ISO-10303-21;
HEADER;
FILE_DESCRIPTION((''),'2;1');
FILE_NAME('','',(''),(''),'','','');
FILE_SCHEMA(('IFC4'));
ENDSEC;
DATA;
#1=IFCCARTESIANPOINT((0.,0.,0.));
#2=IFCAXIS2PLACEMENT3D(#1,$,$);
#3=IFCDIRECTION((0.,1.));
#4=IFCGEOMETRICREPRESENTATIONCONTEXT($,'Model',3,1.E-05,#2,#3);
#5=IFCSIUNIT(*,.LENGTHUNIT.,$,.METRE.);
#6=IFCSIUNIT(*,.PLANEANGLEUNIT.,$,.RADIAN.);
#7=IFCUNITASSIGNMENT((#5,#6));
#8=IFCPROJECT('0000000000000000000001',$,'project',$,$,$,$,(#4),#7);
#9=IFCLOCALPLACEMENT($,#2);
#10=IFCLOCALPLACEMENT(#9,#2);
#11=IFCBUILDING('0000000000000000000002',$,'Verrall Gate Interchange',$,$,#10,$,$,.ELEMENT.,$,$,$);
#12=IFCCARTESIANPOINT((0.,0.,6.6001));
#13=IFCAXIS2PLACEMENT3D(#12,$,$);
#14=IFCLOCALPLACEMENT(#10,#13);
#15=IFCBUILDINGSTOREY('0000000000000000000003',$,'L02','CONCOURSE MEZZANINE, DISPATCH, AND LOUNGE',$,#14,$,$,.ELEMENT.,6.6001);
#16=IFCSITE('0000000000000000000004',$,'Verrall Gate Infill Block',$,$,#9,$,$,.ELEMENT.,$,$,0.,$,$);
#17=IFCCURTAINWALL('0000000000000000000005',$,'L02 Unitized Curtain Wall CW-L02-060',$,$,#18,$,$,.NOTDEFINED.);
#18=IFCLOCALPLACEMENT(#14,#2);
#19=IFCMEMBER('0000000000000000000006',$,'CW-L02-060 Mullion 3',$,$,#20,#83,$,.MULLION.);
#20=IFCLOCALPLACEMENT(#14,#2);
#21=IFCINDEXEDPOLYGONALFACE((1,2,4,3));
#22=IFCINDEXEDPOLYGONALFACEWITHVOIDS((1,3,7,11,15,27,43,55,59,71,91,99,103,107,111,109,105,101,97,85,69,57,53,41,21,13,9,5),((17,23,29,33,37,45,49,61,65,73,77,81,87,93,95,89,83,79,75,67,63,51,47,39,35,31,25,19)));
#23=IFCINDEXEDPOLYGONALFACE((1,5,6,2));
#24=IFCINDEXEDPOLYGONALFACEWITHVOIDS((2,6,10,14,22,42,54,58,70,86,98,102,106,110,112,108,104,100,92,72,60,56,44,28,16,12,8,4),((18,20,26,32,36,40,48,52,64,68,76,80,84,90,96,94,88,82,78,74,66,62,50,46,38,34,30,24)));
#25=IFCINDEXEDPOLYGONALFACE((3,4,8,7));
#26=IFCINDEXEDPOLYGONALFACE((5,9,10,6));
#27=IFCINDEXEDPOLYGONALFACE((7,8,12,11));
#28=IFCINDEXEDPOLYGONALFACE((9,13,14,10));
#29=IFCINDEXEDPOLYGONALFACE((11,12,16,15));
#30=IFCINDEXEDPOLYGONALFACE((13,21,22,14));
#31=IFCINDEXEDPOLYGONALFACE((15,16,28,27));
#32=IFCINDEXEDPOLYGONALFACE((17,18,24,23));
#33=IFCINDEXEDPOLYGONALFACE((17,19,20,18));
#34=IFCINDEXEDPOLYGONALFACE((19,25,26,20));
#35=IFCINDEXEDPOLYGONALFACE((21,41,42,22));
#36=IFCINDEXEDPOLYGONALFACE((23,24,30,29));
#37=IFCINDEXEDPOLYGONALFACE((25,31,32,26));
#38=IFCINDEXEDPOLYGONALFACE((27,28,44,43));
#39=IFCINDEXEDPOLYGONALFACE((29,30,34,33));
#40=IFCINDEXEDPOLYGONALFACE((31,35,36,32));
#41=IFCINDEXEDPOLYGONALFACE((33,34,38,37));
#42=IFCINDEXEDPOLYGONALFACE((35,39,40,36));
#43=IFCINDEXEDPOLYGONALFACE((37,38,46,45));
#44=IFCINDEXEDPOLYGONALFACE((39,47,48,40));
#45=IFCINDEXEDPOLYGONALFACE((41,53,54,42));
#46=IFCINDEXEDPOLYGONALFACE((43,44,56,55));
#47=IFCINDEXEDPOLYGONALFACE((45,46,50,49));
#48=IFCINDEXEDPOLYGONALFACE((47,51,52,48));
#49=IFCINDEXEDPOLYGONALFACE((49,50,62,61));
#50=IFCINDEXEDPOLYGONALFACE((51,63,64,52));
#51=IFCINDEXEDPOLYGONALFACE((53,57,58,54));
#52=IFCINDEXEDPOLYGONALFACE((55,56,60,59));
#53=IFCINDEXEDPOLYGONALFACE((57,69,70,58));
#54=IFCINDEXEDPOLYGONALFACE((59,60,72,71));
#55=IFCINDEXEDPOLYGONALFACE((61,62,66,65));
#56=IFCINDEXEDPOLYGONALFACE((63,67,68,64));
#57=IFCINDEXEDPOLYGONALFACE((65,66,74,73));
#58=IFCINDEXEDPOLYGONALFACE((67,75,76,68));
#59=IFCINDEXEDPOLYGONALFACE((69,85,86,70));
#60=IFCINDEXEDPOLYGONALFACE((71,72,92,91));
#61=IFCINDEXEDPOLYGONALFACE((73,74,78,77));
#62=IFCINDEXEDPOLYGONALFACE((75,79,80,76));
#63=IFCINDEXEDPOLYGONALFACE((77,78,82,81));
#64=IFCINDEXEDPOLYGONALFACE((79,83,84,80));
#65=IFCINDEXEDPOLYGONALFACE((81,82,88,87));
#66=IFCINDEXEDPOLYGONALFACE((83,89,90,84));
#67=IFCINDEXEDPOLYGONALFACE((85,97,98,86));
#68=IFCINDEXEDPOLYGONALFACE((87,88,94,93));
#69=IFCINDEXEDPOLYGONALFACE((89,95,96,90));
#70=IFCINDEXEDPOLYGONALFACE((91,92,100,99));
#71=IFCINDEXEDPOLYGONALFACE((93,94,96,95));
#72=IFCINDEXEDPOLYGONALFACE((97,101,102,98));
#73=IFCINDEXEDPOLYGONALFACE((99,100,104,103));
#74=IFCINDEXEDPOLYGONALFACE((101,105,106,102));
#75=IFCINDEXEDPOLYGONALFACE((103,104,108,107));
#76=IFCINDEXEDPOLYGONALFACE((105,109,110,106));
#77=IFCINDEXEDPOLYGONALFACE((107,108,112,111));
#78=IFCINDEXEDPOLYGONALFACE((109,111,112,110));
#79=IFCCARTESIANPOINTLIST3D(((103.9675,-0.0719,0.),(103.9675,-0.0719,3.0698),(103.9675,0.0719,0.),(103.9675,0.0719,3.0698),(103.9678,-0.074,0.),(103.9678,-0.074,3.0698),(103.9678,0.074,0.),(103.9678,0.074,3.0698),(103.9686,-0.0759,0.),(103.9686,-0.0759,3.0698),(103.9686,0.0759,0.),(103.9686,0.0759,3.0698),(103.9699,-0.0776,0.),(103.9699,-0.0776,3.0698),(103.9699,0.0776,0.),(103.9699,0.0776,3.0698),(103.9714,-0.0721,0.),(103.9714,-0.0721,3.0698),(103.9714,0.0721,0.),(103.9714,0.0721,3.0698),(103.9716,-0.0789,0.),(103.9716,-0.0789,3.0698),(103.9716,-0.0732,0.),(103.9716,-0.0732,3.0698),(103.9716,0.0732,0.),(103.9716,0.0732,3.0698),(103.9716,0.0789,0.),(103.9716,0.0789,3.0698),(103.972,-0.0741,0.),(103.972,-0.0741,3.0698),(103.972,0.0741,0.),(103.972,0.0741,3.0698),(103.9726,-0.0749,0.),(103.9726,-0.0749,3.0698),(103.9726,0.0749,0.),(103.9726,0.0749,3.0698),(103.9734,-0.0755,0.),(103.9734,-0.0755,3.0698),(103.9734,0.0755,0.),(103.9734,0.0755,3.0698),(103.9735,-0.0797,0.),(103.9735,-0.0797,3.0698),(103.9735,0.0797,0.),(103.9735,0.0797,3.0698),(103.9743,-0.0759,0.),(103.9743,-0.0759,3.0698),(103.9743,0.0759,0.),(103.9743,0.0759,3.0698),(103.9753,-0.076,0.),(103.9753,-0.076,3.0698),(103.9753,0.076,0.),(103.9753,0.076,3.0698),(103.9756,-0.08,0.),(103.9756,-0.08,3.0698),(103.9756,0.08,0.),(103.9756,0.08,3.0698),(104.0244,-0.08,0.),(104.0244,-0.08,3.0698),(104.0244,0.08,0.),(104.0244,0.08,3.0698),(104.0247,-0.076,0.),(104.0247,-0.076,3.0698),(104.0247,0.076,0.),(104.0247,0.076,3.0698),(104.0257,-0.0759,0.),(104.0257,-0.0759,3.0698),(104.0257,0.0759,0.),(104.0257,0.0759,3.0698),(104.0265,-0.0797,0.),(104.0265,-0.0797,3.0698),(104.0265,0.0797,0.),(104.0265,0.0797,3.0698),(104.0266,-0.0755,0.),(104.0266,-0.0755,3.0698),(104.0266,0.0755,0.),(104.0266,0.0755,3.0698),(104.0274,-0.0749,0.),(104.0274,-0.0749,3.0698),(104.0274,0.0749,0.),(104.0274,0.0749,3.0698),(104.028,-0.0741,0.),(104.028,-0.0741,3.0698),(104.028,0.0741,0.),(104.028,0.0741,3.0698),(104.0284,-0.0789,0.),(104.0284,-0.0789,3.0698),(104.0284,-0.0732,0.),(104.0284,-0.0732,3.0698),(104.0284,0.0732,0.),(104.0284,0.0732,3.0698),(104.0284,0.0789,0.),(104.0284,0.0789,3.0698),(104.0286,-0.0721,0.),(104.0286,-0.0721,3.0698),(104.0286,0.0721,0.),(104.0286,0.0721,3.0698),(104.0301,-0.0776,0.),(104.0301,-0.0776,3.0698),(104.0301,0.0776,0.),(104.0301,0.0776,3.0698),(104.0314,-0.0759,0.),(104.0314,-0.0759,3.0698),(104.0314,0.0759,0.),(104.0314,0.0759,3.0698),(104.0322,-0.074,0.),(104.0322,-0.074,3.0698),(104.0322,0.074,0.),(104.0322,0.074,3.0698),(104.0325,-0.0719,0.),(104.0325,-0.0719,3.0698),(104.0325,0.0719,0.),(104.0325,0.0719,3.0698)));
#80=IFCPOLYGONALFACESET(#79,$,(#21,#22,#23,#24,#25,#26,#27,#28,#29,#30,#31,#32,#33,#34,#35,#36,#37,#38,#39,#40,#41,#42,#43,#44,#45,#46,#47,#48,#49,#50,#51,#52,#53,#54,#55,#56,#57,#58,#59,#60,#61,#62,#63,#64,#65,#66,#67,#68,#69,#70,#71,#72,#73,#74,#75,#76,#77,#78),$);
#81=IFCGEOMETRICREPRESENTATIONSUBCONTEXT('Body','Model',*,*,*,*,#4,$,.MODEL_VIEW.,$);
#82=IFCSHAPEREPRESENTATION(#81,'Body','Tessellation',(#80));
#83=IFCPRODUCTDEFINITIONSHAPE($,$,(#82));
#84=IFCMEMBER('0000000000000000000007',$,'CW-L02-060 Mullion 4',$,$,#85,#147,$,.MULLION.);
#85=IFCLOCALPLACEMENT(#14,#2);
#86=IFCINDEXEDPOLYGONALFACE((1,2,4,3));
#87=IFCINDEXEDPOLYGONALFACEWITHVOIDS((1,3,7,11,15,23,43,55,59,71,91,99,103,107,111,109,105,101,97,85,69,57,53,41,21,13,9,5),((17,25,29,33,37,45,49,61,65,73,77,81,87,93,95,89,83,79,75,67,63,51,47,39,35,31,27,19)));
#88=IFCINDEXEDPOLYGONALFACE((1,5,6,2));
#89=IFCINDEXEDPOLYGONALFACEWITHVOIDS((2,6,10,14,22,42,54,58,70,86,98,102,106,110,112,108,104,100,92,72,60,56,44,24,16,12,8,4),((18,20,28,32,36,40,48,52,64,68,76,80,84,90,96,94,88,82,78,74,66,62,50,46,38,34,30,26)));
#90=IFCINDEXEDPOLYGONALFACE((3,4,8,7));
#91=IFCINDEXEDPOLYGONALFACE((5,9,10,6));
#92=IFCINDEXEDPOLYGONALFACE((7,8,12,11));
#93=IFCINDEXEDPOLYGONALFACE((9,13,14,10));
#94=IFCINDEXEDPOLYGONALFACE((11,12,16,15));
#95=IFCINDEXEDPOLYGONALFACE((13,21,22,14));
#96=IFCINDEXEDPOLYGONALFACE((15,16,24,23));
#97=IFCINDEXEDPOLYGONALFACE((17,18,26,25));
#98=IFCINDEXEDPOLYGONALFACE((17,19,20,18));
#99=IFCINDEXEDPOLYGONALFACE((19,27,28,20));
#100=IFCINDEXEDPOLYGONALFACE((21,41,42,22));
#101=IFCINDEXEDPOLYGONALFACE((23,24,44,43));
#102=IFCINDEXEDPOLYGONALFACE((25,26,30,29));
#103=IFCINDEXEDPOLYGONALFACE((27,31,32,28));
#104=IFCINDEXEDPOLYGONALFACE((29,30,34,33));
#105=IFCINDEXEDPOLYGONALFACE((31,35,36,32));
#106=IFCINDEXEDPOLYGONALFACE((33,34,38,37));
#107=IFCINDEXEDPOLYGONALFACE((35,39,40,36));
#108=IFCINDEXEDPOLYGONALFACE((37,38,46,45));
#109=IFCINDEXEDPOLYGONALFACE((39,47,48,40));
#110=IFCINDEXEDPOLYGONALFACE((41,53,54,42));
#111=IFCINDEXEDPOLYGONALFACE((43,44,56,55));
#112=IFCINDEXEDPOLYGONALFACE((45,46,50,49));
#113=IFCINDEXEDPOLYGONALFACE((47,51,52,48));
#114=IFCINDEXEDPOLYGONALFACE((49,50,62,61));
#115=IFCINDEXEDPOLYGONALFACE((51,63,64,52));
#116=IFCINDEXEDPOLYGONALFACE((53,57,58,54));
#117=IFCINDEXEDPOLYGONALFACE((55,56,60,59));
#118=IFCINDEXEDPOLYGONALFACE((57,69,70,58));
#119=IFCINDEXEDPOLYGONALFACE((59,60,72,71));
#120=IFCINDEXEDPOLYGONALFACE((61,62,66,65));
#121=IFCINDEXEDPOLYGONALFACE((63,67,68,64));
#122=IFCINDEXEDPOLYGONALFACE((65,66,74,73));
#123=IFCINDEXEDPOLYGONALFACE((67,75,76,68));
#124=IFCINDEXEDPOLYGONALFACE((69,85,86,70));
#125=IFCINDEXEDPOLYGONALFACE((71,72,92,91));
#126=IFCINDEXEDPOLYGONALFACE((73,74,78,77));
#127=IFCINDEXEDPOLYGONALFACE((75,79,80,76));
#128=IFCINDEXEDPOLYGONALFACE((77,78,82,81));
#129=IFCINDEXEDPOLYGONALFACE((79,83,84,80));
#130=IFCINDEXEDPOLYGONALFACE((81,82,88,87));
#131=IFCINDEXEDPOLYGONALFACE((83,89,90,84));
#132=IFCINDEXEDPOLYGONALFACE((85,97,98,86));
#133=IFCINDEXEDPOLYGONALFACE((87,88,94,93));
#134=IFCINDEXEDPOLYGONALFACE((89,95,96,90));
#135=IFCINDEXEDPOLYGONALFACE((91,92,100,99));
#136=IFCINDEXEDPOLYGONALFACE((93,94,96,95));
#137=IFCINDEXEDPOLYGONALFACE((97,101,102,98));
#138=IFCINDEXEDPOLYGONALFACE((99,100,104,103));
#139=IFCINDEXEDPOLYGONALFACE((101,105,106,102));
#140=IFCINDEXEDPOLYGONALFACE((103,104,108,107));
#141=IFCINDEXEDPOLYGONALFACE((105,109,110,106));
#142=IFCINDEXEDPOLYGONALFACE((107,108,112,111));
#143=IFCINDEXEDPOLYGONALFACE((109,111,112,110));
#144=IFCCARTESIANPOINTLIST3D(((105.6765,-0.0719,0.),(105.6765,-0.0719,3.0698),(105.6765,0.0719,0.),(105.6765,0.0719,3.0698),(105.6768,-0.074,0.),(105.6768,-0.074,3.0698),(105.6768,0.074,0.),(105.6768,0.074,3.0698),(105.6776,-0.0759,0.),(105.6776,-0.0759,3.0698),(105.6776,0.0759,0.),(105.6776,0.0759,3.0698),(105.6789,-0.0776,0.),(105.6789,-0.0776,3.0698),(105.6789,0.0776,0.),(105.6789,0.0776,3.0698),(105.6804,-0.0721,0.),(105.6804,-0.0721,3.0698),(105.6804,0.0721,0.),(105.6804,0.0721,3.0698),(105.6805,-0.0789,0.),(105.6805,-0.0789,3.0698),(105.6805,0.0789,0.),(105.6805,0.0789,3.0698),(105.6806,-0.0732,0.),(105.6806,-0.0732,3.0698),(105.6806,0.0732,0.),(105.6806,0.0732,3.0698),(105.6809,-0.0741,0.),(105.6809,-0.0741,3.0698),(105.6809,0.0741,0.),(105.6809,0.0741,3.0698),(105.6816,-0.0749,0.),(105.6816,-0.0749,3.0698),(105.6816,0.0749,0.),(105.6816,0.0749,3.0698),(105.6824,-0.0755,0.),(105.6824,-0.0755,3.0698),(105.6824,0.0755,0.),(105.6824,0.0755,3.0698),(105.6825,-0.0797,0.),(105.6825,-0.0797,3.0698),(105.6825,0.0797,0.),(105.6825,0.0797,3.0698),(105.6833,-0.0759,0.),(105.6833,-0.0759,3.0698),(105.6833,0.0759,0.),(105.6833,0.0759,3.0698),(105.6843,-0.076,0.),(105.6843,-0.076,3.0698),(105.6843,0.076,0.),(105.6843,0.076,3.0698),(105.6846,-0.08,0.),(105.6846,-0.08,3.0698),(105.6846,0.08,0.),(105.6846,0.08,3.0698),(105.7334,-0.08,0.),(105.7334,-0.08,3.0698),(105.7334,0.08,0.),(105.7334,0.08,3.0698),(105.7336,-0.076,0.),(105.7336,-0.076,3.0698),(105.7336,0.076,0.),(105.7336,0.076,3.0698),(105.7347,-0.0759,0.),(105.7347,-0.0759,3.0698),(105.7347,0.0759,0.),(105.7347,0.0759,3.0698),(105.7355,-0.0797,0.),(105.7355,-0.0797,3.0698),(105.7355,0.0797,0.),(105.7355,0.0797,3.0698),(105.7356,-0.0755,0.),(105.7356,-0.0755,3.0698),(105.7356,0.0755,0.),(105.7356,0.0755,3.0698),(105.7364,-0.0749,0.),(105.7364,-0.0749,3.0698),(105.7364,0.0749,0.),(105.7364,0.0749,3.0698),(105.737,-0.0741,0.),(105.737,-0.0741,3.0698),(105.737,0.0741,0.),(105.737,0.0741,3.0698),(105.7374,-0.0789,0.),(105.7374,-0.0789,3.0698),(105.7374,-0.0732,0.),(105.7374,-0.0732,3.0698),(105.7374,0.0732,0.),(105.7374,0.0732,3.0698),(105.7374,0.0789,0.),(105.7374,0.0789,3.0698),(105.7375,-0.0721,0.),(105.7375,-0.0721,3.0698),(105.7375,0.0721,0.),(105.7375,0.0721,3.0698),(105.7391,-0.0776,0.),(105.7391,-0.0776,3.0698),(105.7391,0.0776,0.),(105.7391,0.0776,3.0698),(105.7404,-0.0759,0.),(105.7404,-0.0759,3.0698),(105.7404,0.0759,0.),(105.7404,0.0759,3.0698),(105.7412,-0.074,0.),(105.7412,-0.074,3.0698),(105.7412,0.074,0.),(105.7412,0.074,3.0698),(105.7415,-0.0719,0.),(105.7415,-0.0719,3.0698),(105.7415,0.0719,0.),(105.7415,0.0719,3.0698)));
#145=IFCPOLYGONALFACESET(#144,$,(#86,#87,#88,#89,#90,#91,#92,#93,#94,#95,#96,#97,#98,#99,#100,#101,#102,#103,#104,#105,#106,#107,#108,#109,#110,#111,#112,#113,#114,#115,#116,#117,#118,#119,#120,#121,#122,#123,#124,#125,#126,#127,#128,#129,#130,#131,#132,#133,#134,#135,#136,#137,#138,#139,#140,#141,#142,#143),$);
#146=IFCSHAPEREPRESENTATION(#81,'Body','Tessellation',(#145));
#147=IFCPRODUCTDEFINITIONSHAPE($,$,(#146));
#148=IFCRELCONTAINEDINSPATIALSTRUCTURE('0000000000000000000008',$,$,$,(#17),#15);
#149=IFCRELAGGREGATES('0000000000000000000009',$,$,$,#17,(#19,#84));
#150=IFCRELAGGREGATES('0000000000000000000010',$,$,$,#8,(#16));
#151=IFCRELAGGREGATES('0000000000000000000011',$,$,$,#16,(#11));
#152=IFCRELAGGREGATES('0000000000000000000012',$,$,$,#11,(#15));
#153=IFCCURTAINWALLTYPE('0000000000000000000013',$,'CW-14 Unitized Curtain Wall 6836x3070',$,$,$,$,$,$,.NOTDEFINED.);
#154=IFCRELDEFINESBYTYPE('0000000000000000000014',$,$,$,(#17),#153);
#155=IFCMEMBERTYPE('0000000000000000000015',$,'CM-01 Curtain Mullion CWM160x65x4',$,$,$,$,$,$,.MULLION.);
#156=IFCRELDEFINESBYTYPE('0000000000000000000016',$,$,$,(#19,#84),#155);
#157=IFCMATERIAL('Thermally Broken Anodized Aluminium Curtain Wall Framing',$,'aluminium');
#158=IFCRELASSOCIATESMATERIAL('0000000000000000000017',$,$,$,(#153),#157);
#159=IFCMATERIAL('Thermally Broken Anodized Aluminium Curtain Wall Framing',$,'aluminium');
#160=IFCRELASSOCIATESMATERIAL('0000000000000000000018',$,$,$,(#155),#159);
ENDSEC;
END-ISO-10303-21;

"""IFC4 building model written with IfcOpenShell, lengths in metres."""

from ifc_helpers import new_model, si_unit, direction, frame, origin, origin_2d, place, context, subcontext, project, spatial, hollow_rectangle, extrude, material, material_profile, profile_set, type_object, element, aggregate, save


model = new_model("IFC4")

# Units and contexts
model_context = context("Model", 3, precision=1e-05, world=origin(), true_north=direction((0.0, 1.0)))
body_context = subcontext(model_context, "Body", "Model", "MODEL_VIEW")
ifc_project = project(units=[si_unit("LENGTHUNIT", "METRE"), si_unit("PLANEANGLEUNIT", "RADIAN")], contexts=[model_context])

# Site, building, storey
site_placement = place(None, origin())
site = spatial("IfcSite", under=ifc_project, at=site_placement, Name="Verrall Gate Infill Block", CompositionType="ELEMENT", RefElevation=0.0)
building_placement = place(site_placement, origin())
building = spatial("IfcBuilding", under=site, at=building_placement, Name="Verrall Gate Interchange", CompositionType="ELEMENT")
storey_placement = place(building_placement, frame((0.0, 0.0, 6.6001)))
storey = spatial("IfcBuildingStorey", under=building, at=storey_placement, Name="L02", Description="CONCOURSE MEZZANINE, DISPATCH, AND LOUNGE", CompositionType="ELEMENT", Elevation=6.6001)

# Curtain wall, members
ifc_material_1 = material(Name="Thermally Broken Anodized Aluminium Curtain Wall Framing", Category="aluminium")
curtain_wall_type_1 = type_object("IfcCurtainWallType", Name="CW-14 Unitized Curtain Wall 6836x3070", PredefinedType="NOTDEFINED", material=ifc_material_1)
curtain_wall_1_placement = place(storey_placement, origin())
curtain_wall_1 = element("IfcCurtainWall", 1, at=curtain_wall_1_placement, inside=storey, type_object=curtain_wall_type_1, Name="L02 Unitized Curtain Wall CW-L02-060", PredefinedType="NOTDEFINED")
ifc_material_2 = material(Name="Thermally Broken Anodized Aluminium Curtain Wall Framing", Category="aluminium")
ifc_material_profile_1 = material_profile(ifc_material_2, hollow_rectangle(XDim=0.0649, YDim=0.1599, WallThickness=0.0039, InnerFilletRadius=0.0039, OuterFilletRadius=0.0081, at=origin_2d()), Name="CWM160x65x4")
ifc_profile_set_1 = profile_set([ifc_material_profile_1], Name="Thermally Broken Anodized Aluminium Curtain Wall Framing")
member_type_1 = type_object("IfcMemberType", Name="CM-01 Curtain Mullion CWM160x65x4", PredefinedType="MULLION", material=ifc_profile_set_1)
member_1_placement = place(storey_placement, frame((104.0, 0.0, 0.0), z_axis=(0.0, 0.0, 1.0), x_axis=(1.0, 0.0, 0.0)))
member_1 = element("IfcMember", 2, at=member_1_placement, type_object=member_type_1, Name="CW-L02-060 Mullion 3", PredefinedType="MULLION", context=body_context, shape_type="SweptSolid", body=[
    extrude(hollow_rectangle(XDim=0.0649, YDim=0.1599, WallThickness=0.0039, InnerFilletRadius=0.0039, OuterFilletRadius=0.0081, at=origin_2d()), origin(), (0.0, 0.0, 1.0), 3.0698),
])
member_2_placement = place(storey_placement, frame((105.709, 0.0, 0.0), z_axis=(0.0, 0.0, 1.0), x_axis=(1.0, 0.0, 0.0)))
member_2 = element("IfcMember", 3, at=member_2_placement, type_object=member_type_1, Name="CW-L02-060 Mullion 4", PredefinedType="MULLION", context=body_context, shape_type="SweptSolid", body=[
    extrude(hollow_rectangle(XDim=0.0649, YDim=0.1599, WallThickness=0.0039, InnerFilletRadius=0.0039, OuterFilletRadius=0.0081, at=origin_2d()), origin(), (0.0, 0.0, 1.0), 3.0698),
])

aggregate(curtain_wall_1, [member_1, member_2])

save(model, "model.ifc")
